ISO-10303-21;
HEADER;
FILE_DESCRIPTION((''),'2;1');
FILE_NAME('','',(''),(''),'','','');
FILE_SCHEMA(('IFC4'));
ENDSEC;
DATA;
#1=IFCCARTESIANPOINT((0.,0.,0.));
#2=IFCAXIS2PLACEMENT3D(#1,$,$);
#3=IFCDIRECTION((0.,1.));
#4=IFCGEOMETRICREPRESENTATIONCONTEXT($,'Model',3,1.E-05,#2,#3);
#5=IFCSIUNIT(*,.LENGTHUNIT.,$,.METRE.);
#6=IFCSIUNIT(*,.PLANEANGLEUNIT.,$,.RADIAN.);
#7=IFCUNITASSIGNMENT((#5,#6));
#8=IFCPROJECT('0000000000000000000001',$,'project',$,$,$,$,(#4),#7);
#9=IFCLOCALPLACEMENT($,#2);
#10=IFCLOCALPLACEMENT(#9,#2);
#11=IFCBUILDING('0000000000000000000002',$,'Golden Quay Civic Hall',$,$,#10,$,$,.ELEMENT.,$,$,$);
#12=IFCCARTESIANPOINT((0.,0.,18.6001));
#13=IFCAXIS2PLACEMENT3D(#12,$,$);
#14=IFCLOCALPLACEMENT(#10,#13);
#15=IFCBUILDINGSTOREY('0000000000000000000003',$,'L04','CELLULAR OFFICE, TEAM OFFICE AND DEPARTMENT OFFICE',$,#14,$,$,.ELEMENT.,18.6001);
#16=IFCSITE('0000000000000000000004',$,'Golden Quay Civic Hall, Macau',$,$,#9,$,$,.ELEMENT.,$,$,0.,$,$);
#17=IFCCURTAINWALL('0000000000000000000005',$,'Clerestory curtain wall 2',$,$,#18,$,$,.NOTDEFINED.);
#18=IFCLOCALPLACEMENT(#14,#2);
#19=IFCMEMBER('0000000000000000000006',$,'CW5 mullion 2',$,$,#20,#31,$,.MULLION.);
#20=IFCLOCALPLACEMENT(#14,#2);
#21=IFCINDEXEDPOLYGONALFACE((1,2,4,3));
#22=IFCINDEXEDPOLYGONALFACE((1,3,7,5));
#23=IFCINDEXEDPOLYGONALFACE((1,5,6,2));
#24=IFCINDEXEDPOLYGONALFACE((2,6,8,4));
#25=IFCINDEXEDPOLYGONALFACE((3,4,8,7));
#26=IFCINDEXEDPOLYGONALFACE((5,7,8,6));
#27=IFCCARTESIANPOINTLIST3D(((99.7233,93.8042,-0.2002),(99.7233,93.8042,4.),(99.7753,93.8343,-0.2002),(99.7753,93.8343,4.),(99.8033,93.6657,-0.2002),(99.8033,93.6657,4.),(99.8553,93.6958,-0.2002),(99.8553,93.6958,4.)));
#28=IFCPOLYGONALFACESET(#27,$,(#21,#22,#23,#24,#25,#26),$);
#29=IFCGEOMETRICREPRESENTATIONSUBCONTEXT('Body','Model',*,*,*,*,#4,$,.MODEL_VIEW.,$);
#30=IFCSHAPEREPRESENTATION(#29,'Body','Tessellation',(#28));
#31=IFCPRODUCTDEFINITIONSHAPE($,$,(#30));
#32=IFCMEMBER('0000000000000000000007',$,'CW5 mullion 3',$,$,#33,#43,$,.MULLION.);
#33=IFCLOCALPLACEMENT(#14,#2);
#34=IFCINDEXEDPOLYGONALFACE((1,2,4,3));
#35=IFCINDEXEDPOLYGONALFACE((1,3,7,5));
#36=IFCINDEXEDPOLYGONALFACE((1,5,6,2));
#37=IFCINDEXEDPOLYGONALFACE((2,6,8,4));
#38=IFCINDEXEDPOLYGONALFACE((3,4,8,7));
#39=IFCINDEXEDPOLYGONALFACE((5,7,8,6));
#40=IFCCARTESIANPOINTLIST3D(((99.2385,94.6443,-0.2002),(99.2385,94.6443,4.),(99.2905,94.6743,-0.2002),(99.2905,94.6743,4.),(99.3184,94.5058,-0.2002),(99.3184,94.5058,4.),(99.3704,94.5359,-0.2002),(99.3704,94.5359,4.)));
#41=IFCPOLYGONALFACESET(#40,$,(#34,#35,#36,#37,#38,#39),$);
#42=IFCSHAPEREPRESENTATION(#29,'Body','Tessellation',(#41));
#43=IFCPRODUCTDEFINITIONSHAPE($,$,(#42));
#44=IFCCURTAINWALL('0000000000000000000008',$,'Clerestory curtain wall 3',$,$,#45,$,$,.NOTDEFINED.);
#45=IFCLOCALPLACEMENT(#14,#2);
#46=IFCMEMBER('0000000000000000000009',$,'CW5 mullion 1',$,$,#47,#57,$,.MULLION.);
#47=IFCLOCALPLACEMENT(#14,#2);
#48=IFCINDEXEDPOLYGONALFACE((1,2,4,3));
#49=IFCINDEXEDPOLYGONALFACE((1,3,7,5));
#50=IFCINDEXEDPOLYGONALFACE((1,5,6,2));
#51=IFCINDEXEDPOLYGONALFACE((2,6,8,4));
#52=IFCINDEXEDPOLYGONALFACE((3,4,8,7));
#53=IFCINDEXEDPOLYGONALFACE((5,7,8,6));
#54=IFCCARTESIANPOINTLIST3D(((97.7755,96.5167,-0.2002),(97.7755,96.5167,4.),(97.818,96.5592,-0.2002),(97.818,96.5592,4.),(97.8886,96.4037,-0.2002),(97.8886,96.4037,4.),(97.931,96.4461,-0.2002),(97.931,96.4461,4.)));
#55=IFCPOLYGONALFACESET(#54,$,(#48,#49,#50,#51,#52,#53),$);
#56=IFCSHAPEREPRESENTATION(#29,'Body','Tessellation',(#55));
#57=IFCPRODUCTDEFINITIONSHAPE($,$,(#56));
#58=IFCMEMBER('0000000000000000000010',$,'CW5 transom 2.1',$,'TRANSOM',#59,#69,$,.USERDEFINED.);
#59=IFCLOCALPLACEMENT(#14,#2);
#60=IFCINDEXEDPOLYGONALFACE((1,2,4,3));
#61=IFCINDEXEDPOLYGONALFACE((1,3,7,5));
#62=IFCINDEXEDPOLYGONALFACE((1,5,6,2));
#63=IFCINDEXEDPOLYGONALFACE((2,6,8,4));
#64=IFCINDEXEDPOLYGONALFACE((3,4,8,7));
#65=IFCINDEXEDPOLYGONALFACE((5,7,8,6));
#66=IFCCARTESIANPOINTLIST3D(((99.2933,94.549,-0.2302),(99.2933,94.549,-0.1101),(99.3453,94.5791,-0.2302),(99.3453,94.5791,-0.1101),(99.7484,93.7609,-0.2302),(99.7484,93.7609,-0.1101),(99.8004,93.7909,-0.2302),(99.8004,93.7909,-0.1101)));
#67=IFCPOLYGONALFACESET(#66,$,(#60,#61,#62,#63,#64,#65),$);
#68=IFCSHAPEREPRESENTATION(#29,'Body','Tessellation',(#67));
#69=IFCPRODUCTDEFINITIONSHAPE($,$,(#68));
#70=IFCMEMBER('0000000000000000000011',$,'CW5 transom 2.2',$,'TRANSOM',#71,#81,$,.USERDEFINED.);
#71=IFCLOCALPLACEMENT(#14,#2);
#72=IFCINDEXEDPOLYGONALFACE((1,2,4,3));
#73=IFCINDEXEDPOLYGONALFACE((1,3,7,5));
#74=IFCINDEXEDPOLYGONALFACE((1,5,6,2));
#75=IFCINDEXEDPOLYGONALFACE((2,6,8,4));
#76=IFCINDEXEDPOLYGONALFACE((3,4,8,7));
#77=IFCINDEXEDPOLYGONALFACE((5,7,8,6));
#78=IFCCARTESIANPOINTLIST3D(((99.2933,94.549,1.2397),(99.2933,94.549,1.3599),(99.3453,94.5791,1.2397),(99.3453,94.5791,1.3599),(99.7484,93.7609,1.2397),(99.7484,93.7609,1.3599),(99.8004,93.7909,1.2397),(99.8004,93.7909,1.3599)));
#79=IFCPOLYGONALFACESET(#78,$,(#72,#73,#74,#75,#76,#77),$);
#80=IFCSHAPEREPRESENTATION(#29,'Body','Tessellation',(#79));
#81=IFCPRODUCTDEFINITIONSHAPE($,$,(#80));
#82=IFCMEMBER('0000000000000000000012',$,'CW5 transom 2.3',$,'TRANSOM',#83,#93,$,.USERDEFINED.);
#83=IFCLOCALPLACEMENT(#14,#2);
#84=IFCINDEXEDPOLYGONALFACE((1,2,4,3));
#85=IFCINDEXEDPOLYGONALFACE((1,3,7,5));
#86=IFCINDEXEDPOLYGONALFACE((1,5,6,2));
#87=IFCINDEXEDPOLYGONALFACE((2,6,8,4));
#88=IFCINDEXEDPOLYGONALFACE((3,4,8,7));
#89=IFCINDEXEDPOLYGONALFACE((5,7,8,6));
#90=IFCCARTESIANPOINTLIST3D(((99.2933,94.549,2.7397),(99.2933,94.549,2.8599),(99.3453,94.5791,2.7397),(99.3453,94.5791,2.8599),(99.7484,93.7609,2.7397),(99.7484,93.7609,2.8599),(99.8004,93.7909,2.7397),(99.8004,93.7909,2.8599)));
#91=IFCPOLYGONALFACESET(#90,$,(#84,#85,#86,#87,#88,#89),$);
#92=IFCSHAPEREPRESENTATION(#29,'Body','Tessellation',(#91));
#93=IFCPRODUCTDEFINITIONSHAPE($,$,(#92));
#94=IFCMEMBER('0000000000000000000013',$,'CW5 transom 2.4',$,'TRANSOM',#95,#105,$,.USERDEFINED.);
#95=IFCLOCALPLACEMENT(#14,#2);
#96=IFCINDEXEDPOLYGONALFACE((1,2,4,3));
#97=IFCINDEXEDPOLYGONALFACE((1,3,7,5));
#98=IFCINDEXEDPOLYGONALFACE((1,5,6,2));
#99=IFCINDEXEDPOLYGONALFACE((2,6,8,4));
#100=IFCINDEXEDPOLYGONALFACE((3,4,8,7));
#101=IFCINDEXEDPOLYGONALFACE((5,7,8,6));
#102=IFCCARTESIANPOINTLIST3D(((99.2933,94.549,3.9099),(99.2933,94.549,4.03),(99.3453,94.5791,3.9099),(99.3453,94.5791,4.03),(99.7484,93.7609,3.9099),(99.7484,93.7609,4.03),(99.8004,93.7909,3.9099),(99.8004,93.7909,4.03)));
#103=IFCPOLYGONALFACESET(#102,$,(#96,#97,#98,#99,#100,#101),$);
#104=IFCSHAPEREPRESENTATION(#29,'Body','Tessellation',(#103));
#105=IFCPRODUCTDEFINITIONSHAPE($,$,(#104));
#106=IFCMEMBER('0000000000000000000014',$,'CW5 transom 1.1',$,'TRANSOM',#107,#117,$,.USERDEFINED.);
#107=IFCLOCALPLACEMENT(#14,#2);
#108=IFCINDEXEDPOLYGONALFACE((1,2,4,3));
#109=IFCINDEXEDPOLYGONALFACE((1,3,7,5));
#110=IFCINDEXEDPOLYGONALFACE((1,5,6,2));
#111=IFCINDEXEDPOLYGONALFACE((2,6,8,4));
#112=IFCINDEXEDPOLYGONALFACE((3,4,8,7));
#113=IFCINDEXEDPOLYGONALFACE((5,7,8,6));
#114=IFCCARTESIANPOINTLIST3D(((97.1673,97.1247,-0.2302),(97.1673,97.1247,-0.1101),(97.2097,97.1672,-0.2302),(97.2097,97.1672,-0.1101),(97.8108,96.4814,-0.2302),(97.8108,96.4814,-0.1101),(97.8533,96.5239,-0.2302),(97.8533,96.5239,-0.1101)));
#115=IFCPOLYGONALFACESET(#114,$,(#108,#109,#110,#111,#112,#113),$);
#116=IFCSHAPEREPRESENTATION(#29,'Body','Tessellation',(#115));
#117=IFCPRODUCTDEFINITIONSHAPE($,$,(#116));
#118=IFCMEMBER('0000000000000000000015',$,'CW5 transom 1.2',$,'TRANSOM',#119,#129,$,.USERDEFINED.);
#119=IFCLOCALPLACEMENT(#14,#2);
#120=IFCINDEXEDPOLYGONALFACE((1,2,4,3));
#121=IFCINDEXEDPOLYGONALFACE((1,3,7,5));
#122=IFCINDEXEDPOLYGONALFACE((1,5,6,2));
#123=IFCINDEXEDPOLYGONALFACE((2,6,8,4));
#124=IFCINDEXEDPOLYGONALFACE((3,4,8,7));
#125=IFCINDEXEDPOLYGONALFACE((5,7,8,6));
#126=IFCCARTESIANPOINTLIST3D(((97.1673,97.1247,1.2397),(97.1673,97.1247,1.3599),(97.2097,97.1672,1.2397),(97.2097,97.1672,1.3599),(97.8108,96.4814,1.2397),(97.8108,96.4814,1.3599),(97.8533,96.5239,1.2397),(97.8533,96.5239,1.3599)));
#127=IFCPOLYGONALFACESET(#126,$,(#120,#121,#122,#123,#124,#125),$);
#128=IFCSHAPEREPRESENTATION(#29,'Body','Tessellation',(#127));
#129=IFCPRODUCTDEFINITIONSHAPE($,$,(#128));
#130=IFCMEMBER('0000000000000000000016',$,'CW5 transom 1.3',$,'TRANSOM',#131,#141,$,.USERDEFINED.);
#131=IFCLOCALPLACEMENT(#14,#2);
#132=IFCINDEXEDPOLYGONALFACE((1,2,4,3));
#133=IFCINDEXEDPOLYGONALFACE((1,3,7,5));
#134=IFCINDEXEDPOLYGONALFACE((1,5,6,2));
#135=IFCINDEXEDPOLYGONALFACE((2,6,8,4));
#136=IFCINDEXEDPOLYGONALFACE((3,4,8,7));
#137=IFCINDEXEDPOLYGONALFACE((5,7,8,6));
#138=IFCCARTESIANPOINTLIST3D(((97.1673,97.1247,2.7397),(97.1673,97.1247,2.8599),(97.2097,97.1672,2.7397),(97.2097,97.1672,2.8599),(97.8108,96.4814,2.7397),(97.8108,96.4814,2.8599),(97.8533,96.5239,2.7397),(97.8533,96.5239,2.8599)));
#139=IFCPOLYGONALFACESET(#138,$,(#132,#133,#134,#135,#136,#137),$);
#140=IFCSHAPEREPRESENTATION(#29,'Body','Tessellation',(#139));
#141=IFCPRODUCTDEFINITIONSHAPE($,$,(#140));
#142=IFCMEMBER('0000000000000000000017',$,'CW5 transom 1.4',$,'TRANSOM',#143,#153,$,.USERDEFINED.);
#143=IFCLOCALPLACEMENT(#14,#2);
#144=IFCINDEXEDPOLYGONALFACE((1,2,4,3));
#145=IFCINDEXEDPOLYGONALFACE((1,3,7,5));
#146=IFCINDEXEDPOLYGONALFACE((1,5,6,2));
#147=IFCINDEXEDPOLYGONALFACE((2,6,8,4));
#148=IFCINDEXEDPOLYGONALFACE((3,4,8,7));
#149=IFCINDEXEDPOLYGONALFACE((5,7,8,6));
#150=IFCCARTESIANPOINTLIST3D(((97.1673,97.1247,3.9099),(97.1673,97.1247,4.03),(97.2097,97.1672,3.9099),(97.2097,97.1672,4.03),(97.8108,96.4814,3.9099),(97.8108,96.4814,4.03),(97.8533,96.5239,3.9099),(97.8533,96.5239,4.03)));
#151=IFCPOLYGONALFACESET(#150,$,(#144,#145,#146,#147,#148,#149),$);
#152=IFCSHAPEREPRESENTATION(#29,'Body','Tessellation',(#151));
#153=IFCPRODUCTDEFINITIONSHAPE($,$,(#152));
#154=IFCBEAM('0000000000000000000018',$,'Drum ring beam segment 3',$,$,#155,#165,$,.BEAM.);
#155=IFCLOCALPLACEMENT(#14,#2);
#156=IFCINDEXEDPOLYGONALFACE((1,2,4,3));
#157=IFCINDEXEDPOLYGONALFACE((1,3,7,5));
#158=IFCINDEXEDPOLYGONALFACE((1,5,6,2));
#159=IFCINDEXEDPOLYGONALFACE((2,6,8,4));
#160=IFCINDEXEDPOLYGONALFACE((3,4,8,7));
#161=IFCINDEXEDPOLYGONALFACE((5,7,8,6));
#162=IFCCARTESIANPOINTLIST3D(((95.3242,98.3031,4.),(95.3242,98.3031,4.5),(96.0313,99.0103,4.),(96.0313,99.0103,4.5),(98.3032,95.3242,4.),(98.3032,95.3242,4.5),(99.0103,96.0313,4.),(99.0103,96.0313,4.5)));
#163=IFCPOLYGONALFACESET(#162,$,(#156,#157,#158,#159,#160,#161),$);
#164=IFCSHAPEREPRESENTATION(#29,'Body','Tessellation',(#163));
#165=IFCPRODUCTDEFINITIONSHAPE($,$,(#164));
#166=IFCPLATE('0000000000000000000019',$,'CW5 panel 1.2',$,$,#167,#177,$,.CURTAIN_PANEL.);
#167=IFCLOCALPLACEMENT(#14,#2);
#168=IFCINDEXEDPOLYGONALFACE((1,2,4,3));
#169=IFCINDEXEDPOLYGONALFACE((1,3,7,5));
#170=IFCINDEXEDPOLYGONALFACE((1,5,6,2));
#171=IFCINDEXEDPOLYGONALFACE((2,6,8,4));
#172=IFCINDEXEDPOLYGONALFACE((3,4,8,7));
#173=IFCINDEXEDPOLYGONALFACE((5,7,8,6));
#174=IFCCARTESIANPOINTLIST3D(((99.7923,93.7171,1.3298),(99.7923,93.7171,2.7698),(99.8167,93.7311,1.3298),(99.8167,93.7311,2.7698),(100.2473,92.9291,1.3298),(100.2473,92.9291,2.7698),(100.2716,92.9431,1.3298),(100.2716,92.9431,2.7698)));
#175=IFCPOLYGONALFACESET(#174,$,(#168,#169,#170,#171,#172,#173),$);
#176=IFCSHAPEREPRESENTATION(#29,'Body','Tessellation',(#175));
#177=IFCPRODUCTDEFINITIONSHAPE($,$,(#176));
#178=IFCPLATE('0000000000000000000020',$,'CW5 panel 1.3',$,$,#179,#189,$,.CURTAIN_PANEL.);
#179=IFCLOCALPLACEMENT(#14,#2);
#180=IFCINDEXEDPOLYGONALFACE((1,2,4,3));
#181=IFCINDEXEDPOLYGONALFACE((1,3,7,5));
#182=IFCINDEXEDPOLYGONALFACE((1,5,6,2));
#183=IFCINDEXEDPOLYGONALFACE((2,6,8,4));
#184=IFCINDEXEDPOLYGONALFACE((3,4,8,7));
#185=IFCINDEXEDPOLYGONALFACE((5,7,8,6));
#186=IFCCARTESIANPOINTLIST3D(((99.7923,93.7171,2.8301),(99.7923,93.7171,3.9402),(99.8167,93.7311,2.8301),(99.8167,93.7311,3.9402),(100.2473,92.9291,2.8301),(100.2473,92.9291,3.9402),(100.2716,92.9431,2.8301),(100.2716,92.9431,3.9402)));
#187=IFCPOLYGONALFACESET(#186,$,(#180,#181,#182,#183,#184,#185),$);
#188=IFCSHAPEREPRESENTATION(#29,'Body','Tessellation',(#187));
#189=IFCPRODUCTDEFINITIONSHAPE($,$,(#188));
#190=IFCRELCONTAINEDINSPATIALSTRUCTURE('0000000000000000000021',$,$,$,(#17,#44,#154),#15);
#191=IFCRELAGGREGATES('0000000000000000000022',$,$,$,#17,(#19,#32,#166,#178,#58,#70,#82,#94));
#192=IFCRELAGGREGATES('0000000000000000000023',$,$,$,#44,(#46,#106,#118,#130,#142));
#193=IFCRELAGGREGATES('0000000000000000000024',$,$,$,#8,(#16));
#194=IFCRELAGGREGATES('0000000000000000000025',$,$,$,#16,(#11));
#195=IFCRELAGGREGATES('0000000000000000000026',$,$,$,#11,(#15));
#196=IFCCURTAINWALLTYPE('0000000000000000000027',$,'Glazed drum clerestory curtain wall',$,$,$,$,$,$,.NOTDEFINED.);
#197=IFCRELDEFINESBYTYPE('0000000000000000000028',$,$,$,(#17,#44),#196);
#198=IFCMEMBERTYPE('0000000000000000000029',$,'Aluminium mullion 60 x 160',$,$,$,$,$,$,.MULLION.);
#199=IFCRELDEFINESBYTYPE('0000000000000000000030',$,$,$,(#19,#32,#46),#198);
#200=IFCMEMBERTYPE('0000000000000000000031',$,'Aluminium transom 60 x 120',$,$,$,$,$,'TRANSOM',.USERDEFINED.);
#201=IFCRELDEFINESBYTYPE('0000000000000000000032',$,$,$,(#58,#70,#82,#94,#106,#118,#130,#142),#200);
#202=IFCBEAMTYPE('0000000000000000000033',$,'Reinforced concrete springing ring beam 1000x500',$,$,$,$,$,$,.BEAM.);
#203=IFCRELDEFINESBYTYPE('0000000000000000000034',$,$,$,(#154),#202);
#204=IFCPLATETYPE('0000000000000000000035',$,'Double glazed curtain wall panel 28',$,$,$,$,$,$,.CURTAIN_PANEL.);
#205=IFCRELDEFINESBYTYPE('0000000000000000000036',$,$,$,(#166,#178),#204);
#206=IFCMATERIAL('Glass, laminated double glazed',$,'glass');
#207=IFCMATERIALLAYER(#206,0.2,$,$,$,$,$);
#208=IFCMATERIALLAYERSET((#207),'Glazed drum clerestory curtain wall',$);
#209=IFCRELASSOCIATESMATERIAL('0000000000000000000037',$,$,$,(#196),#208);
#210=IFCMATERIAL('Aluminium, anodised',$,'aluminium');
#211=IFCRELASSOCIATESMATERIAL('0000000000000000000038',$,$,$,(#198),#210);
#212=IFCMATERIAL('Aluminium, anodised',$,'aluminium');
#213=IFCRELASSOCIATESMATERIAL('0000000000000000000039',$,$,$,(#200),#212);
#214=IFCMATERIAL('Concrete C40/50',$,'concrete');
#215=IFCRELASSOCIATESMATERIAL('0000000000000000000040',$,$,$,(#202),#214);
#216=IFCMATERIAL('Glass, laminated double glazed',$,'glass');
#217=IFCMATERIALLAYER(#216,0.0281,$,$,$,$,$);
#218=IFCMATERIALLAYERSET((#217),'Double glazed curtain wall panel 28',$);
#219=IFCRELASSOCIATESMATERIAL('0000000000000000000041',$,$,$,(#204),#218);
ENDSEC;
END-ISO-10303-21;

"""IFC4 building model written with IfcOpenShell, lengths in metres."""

from ifc_helpers import new_model, si_unit, direction, frame, origin, origin_2d, place, context, subcontext, project, spatial, rectangle, extrude, material, layer, layer_set, material_profile, profile_set, type_object, element, aggregate, save


model = new_model("IFC4")

# Units and contexts
model_context = context("Model", 3, precision=1e-05, world=origin(), true_north=direction((0.0, 1.0)))
body_context = subcontext(model_context, "Body", "Model", "MODEL_VIEW")
ifc_project = project(units=[si_unit("LENGTHUNIT", "METRE"), si_unit("PLANEANGLEUNIT", "RADIAN")], contexts=[model_context])

# Site, building, storey
site_placement = place(None, origin())
site = spatial("IfcSite", under=ifc_project, at=site_placement, Name="Golden Quay Civic Hall, Macau", CompositionType="ELEMENT", RefElevation=0.0)
building_placement = place(site_placement, origin())
building = spatial("IfcBuilding", under=site, at=building_placement, Name="Golden Quay Civic Hall", CompositionType="ELEMENT")
storey_placement = place(building_placement, frame((0.0, 0.0, 18.6001)))
storey = spatial("IfcBuildingStorey", under=building, at=storey_placement, Name="L04", Description="CELLULAR OFFICE, TEAM OFFICE AND DEPARTMENT OFFICE", CompositionType="ELEMENT", Elevation=18.6001)

# Curtain wall, members
ifc_material_1 = material(Name="Glass, laminated double glazed", Category="glass")
ifc_layer_1 = layer(ifc_material_1, 0.2)
ifc_layer_set_1 = layer_set([ifc_layer_1], Name="Glazed drum clerestory curtain wall")
curtain_wall_type = type_object("IfcCurtainWallType", Name="Glazed drum clerestory curtain wall", PredefinedType="NOTDEFINED", material=ifc_layer_set_1)
curtain_wall_1_placement = place(storey_placement, origin())
curtain_wall_1 = element("IfcCurtainWall", 1, at=curtain_wall_1_placement, inside=storey, type_object=curtain_wall_type, Name="Clerestory curtain wall 2", PredefinedType="NOTDEFINED")
ifc_material_2 = material(Name="Aluminium, anodised", Category="aluminium")
ifc_material_profile_1 = material_profile(ifc_material_2, rectangle(XDim=0.0601, YDim=0.1599, at=origin_2d()), Name="Aluminium 60 x 160")
ifc_profile_set_1 = profile_set([ifc_material_profile_1], Name="Aluminium, anodised")
member_type_1 = type_object("IfcMemberType", Name="Aluminium mullion 60 x 160", PredefinedType="MULLION", material=ifc_profile_set_1)
member_1_placement = place(storey_placement, frame((99.7893, 93.75, -0.2002), z_axis=(0.0, 0.0, 1.0), x_axis=(-0.866019, -0.500011, 0.0)))
member_1 = element("IfcMember", 2, at=member_1_placement, type_object=member_type_1, Name="CW5 mullion 2", PredefinedType="MULLION", context=body_context, shape_type="SweptSolid", body=[
    extrude(rectangle(XDim=0.0601, YDim=0.1599, at=origin_2d()), origin(), (0.0, 0.0, 1.0), 4.2002),
])
member_2_placement = place(storey_placement, frame((99.3044, 94.5901, -0.2002), z_axis=(0.0, 0.0, 1.0), x_axis=(-0.866019, -0.500011, 0.0)))
member_2 = element("IfcMember", 3, at=member_2_placement, type_object=member_type_1, Name="CW5 mullion 3", PredefinedType="MULLION", context=body_context, shape_type="SweptSolid", body=[
    extrude(rectangle(XDim=0.0601, YDim=0.1599, at=origin_2d()), origin(), (0.0, 0.0, 1.0), 4.2002),
])

# Curtain wall, member
curtain_wall_2_placement = place(storey_placement, origin())
curtain_wall_2 = element("IfcCurtainWall", 4, at=curtain_wall_2_placement, inside=storey, type_object=curtain_wall_type, Name="Clerestory curtain wall 3", PredefinedType="NOTDEFINED")
member_3_placement = place(storey_placement, frame((97.8533, 96.4814, -0.2002), z_axis=(0.0, 0.0, 1.0), x_axis=(-0.707107, -0.707107, 0.0)))
member_3 = element("IfcMember", 5, at=member_3_placement, type_object=member_type_1, Name="CW5 mullion 1", PredefinedType="MULLION", context=body_context, shape_type="SweptSolid", body=[
    extrude(rectangle(XDim=0.0601, YDim=0.1599, at=origin_2d()), origin(), (0.0, 0.0, 1.0), 4.2002),
])

# Members
ifc_material_3 = material(Name="Aluminium, anodised", Category="aluminium")
ifc_material_profile_2 = material_profile(ifc_material_3, rectangle(XDim=0.0601, YDim=0.1201, at=origin_2d()), Name="Aluminium 60 x 120")
ifc_profile_set_2 = profile_set([ifc_material_profile_2], Name="Aluminium, anodised")
member_type_2 = type_object("IfcMemberType", Name="Aluminium transom 60 x 120", ElementType="TRANSOM", PredefinedType="USERDEFINED", material=ifc_profile_set_2)
member_4_placement = place(storey_placement, frame((99.7744, 93.7759, -0.1702), z_axis=(-0.500063, 0.865989, 0.0), x_axis=(-0.865989, -0.500063, 0.0)))
member_4 = element("IfcMember", 6, at=member_4_placement, type_object=member_type_2, Name="CW5 transom 2.1", ObjectType="TRANSOM", PredefinedType="USERDEFINED", context=body_context, shape_type="SweptSolid", body=[
    extrude(rectangle(XDim=0.0601, YDim=0.1201, at=origin_2d()), origin(), (0.0, 0.0, 1.0), 0.9102),
])
member_5_placement = place(storey_placement, frame((99.7744, 93.7759, 1.2998), z_axis=(-0.500063, 0.865989, 0.0), x_axis=(-0.865989, -0.500063, 0.0)))
member_5 = element("IfcMember", 7, at=member_5_placement, type_object=member_type_2, Name="CW5 transom 2.2", ObjectType="TRANSOM", PredefinedType="USERDEFINED", context=body_context, shape_type="SweptSolid", body=[
    extrude(rectangle(XDim=0.0601, YDim=0.1201, at=origin_2d()), origin(), (0.0, 0.0, 1.0), 0.9102),
])
member_6_placement = place(storey_placement, frame((99.7744, 93.7759, 2.7998), z_axis=(-0.500063, 0.865989, 0.0), x_axis=(-0.865989, -0.500063, 0.0)))
member_6 = element("IfcMember", 8, at=member_6_placement, type_object=member_type_2, Name="CW5 transom 2.3", ObjectType="TRANSOM", PredefinedType="USERDEFINED", context=body_context, shape_type="SweptSolid", body=[
    extrude(rectangle(XDim=0.0601, YDim=0.1201, at=origin_2d()), origin(), (0.0, 0.0, 1.0), 0.9102),
])
member_7_placement = place(storey_placement, frame((99.7744, 93.7759, 3.97), z_axis=(-0.500063, 0.865989, 0.0), x_axis=(-0.865989, -0.500063, 0.0)))
member_7 = element("IfcMember", 9, at=member_7_placement, type_object=member_type_2, Name="CW5 transom 2.4", ObjectType="TRANSOM", PredefinedType="USERDEFINED", context=body_context, shape_type="SweptSolid", body=[
    extrude(rectangle(XDim=0.0601, YDim=0.1201, at=origin_2d()), origin(), (0.0, 0.0, 1.0), 0.9102),
])
member_8_placement = place(storey_placement, frame((97.832, 96.5027, -0.1702), z_axis=(-0.707241, 0.706973, 0.0), x_axis=(-0.706973, -0.707241, 0.0)))
member_8 = element("IfcMember", 10, at=member_8_placement, type_object=member_type_2, Name="CW5 transom 1.1", ObjectType="TRANSOM", PredefinedType="USERDEFINED", context=body_context, shape_type="SweptSolid", body=[
    extrude(rectangle(XDim=0.0601, YDim=0.1201, at=origin_2d()), origin(), (0.0, 0.0, 1.0), 0.9099),
])
member_9_placement = place(storey_placement, frame((97.832, 96.5027, 1.2998), z_axis=(-0.707241, 0.706973, 0.0), x_axis=(-0.706973, -0.707241, 0.0)))
member_9 = element("IfcMember", 11, at=member_9_placement, type_object=member_type_2, Name="CW5 transom 1.2", ObjectType="TRANSOM", PredefinedType="USERDEFINED", context=body_context, shape_type="SweptSolid", body=[
    extrude(rectangle(XDim=0.0601, YDim=0.1201, at=origin_2d()), origin(), (0.0, 0.0, 1.0), 0.9099),
])
member_10_placement = place(storey_placement, frame((97.832, 96.5027, 2.7998), z_axis=(-0.707241, 0.706973, 0.0), x_axis=(-0.706973, -0.707241, 0.0)))
member_10 = element("IfcMember", 12, at=member_10_placement, type_object=member_type_2, Name="CW5 transom 1.3", ObjectType="TRANSOM", PredefinedType="USERDEFINED", context=body_context, shape_type="SweptSolid", body=[
    extrude(rectangle(XDim=0.0601, YDim=0.1201, at=origin_2d()), origin(), (0.0, 0.0, 1.0), 0.9099),
])
member_11_placement = place(storey_placement, frame((97.832, 96.5027, 3.97), z_axis=(-0.707241, 0.706973, 0.0), x_axis=(-0.706973, -0.707241, 0.0)))
member_11 = element("IfcMember", 13, at=member_11_placement, type_object=member_type_2, Name="CW5 transom 1.4", ObjectType="TRANSOM", PredefinedType="USERDEFINED", context=body_context, shape_type="SweptSolid", body=[
    extrude(rectangle(XDim=0.0601, YDim=0.1201, at=origin_2d()), origin(), (0.0, 0.0, 1.0), 0.9099),
])

# Beam
ifc_material_4 = material(Name="Concrete C40/50", Category="concrete")
ifc_material_profile_3 = material_profile(ifc_material_4, rectangle(XDim=1.0, YDim=0.5, at=origin_2d()), Name="RC 1000x500")
ifc_profile_set_3 = profile_set([ifc_material_profile_3], Name="Concrete C40/50")
beam_type = type_object("IfcBeamType", Name="Reinforced concrete springing ring beam 1000x500", PredefinedType="BEAM", material=ifc_profile_set_3)
beam_placement = place(storey_placement, frame((98.6567, 95.6777, 4.25), z_axis=(-0.707107, 0.707107, 0.0), x_axis=(-0.707107, -0.707107, 0.0)))
element("IfcBeam", 14, at=beam_placement, inside=storey, type_object=beam_type, Name="Drum ring beam segment 3", PredefinedType="BEAM", context=body_context, shape_type="SweptSolid", body=[
    extrude(rectangle(XDim=1.0, YDim=0.5, at=origin_2d()), origin(), (0.0, 0.0, 1.0), 4.2129),
])

# Plates
ifc_material_5 = material(Name="Glass, laminated double glazed", Category="glass")
ifc_layer_2 = layer(ifc_material_5, 0.0281)
ifc_layer_set_2 = layer_set([ifc_layer_2], Name="Double glazed curtain wall panel 28")
plate_type = type_object("IfcPlateType", Name="Double glazed curtain wall panel 28", PredefinedType="CURTAIN_PANEL", material=ifc_layer_set_2)
plate_1_placement = place(storey_placement, frame((100.032, 93.3301, 1.3298), z_axis=(0.0, 0.0, 1.0), x_axis=(-0.500011, 0.866019, 0.0)))
plate_1 = element("IfcPlate", 15, at=plate_1_placement, type_object=plate_type, Name="CW5 panel 1.2", PredefinedType="CURTAIN_PANEL", context=body_context, shape_type="SweptSolid", body=[
    extrude(rectangle(XDim=0.9099, YDim=0.0281, at=origin_2d()), origin(), (0.0, 0.0, 1.0), 1.4399),
])
plate_2_placement = place(storey_placement, frame((100.032, 93.3301, 2.8301), z_axis=(0.0, 0.0, 1.0), x_axis=(-0.500011, 0.866019, 0.0)))
plate_2 = element("IfcPlate", 16, at=plate_2_placement, type_object=plate_type, Name="CW5 panel 1.3", PredefinedType="CURTAIN_PANEL", context=body_context, shape_type="SweptSolid", body=[
    extrude(rectangle(XDim=0.9099, YDim=0.0281, at=origin_2d()), origin(), (0.0, 0.0, 1.0), 1.1101),
])
aggregate(curtain_wall_1, [member_1, member_2, plate_1, plate_2, member_4, member_5, member_6, member_7])
aggregate(curtain_wall_2, [member_3, member_8, member_9, member_10, member_11])

save(model, "model.ifc")
